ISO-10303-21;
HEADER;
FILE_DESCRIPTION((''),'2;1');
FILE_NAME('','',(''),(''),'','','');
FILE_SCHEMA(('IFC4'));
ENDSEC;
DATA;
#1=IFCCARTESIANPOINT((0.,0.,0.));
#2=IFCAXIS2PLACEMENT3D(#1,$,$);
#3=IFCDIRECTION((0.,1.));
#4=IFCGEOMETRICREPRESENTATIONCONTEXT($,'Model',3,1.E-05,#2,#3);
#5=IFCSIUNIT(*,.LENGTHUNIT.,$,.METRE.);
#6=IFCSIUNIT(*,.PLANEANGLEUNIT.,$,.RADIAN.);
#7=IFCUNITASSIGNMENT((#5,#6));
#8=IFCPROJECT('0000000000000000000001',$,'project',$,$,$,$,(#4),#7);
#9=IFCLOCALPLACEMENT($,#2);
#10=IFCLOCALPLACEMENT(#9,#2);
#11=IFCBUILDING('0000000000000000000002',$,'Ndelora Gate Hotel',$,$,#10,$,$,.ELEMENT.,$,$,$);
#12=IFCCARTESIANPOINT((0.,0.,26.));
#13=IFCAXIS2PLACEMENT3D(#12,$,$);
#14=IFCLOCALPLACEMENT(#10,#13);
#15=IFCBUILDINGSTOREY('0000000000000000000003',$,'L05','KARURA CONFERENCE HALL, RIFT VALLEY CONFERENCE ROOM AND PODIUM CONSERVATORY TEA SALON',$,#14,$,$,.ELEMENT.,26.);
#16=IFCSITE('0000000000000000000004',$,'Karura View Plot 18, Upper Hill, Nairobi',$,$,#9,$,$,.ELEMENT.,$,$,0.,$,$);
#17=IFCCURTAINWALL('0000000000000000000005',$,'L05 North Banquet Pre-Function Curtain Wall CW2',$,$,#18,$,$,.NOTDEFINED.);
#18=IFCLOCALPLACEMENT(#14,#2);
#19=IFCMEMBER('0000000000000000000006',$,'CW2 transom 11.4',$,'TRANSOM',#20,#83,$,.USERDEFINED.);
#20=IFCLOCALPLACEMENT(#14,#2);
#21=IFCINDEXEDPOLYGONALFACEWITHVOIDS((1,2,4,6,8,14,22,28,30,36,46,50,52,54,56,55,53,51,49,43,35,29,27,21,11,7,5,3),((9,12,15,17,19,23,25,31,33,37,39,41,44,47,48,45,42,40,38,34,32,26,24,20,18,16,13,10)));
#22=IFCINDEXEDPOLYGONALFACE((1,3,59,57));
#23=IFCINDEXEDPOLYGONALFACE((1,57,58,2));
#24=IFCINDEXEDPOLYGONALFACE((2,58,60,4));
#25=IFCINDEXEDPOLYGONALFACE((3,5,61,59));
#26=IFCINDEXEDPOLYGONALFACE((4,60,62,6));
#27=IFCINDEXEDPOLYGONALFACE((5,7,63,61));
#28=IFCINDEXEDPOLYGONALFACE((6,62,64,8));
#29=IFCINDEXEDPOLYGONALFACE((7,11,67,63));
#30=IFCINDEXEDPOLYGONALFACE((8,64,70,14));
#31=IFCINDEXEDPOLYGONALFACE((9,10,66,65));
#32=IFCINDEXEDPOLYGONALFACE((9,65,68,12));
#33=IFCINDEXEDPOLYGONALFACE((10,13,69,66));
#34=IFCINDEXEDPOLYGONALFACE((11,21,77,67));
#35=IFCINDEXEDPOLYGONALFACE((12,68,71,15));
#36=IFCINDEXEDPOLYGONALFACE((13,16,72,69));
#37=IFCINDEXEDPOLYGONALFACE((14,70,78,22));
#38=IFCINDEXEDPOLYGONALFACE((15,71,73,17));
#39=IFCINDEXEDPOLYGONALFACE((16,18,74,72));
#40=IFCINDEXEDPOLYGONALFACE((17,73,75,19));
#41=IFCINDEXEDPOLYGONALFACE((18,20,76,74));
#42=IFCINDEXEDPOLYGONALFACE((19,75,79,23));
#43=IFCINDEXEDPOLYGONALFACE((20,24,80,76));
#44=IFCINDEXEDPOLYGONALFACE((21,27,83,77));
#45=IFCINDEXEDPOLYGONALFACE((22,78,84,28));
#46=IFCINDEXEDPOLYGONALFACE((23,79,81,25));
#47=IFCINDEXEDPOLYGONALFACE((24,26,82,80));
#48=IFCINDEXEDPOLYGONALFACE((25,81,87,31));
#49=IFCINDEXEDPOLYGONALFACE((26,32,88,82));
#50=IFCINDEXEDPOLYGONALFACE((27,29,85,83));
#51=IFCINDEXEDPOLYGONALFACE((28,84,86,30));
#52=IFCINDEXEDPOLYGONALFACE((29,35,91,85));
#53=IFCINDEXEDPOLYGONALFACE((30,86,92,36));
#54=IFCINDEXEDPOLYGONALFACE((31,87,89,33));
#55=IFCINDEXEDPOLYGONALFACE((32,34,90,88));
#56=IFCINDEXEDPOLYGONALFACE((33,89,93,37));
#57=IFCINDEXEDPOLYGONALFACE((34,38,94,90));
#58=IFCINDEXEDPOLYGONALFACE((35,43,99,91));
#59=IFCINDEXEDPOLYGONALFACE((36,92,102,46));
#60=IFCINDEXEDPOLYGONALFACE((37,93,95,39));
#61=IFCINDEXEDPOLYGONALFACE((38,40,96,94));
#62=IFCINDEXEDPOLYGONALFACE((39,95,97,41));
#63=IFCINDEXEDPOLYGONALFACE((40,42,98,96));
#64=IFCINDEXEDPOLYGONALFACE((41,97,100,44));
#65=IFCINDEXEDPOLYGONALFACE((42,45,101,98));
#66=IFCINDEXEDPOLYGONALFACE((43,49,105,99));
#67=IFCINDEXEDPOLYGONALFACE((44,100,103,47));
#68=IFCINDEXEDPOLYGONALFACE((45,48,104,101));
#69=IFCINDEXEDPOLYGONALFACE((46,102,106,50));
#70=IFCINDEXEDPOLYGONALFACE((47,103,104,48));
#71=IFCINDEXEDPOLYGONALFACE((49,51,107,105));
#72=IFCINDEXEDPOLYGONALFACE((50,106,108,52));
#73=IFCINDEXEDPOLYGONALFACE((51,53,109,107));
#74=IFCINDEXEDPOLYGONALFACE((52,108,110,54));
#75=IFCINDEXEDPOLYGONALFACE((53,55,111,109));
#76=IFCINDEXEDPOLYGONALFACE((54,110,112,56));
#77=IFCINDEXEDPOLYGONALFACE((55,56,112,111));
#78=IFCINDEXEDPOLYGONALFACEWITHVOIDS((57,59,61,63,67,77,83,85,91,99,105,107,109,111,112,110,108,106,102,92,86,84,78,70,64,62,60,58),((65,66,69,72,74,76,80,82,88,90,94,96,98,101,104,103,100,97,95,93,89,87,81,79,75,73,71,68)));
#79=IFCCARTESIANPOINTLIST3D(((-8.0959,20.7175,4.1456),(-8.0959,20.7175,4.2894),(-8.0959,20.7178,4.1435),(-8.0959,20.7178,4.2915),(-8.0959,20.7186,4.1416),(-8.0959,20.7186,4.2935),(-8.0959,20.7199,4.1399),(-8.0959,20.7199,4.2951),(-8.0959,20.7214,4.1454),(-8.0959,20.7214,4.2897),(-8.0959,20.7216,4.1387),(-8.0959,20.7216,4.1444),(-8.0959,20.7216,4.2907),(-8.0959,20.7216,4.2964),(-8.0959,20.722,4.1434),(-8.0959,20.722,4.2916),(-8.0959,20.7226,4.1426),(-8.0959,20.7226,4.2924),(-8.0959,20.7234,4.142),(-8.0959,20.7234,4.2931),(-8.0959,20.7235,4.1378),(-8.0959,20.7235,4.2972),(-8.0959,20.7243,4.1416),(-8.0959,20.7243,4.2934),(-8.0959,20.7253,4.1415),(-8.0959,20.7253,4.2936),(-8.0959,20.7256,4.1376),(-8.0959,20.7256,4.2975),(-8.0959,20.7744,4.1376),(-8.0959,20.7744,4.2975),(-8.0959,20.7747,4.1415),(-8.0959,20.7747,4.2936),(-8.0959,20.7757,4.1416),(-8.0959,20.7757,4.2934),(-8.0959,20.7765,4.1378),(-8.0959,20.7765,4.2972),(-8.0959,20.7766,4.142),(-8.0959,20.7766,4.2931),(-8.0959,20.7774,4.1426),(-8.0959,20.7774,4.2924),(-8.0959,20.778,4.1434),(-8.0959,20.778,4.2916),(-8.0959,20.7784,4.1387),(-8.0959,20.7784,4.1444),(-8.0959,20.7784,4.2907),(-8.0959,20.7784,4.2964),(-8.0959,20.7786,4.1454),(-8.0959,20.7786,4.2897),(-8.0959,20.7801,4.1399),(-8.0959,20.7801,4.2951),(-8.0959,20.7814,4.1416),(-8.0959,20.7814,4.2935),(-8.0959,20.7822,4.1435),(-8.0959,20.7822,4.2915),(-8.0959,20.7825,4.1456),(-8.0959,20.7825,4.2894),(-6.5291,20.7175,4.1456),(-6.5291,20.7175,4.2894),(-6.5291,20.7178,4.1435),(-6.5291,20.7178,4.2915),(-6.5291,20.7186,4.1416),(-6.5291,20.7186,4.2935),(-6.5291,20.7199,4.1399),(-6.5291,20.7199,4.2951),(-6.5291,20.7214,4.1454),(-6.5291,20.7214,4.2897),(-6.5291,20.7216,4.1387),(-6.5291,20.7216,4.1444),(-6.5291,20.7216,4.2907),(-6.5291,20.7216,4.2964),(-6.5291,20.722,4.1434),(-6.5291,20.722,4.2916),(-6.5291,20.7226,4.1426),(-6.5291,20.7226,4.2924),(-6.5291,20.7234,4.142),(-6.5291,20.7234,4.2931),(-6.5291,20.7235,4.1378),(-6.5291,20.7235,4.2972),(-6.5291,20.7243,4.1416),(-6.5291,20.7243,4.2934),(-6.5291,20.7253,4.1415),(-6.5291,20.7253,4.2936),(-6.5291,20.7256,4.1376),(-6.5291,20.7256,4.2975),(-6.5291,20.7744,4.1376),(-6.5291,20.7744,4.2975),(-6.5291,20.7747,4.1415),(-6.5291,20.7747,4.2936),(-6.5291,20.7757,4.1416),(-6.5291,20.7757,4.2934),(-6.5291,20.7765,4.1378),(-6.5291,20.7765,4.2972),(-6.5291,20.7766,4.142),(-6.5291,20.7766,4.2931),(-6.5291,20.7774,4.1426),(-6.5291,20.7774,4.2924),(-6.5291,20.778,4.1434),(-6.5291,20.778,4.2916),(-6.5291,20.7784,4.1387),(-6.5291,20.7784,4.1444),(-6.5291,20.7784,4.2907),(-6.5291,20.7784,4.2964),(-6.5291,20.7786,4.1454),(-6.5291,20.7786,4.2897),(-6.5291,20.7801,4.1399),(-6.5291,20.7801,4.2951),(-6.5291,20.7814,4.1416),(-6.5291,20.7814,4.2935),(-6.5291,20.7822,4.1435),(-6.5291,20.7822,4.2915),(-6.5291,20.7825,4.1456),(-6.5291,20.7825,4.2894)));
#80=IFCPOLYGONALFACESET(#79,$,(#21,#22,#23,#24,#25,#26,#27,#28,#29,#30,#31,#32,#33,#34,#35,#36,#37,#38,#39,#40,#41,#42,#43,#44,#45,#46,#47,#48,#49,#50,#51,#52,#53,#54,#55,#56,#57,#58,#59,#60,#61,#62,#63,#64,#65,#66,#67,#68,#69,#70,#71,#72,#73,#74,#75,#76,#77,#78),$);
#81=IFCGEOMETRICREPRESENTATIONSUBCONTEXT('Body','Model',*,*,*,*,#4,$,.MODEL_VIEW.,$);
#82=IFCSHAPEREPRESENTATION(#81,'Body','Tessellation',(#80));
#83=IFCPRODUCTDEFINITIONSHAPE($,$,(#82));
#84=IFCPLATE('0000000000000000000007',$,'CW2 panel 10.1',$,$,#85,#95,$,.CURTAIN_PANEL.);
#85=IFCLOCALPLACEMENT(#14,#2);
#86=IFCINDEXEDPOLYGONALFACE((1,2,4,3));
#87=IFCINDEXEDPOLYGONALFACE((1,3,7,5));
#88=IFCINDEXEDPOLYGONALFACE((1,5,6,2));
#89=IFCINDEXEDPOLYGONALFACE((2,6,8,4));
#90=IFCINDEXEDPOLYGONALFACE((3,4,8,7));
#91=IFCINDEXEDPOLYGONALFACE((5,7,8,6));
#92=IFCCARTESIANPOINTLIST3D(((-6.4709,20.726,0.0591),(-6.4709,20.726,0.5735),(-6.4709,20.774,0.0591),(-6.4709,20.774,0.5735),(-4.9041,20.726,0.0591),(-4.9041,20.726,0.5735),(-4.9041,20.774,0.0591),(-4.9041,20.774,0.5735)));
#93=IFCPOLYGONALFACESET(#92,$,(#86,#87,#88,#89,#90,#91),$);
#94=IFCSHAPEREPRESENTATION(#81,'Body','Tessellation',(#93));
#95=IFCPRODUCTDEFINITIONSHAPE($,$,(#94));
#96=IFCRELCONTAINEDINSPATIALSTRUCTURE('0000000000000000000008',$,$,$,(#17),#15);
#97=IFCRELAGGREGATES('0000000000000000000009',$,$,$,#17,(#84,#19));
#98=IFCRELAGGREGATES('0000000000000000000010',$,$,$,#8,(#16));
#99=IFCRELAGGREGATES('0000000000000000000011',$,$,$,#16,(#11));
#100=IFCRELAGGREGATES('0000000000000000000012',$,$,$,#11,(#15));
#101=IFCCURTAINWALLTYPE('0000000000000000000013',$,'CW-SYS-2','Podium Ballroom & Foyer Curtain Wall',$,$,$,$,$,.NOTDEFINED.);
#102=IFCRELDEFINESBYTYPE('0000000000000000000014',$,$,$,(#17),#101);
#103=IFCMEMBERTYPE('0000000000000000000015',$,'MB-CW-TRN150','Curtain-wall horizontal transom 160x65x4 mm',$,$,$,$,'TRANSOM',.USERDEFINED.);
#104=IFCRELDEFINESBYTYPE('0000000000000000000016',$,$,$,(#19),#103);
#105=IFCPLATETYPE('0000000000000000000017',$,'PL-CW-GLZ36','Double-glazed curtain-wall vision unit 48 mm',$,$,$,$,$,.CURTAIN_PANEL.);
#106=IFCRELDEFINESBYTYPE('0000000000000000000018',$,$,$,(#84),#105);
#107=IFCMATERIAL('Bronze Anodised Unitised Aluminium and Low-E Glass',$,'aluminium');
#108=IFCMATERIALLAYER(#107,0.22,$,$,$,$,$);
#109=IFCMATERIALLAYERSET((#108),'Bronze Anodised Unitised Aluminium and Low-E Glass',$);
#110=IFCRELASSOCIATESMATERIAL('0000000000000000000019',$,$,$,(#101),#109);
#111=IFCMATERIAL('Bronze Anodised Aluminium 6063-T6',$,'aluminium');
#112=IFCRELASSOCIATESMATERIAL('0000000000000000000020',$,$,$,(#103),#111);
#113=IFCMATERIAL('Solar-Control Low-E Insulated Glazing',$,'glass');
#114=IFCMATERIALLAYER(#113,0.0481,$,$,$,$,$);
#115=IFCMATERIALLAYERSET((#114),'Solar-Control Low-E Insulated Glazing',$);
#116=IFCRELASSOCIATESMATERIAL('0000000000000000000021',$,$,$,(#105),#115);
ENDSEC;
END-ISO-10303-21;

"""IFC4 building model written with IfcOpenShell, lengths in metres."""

from ifc_helpers import new_model, si_unit, direction, frame, origin, origin_2d, place, context, subcontext, project, spatial, rectangle, hollow_rectangle, extrude, material, layer, layer_set, material_profile, profile_set, type_object, element, aggregate, save


model = new_model("IFC4")

# Units and contexts
model_context = context("Model", 3, precision=1e-05, world=origin(), true_north=direction((0.0, 1.0)))
body_context = subcontext(model_context, "Body", "Model", "MODEL_VIEW")
ifc_project = project(units=[si_unit("LENGTHUNIT", "METRE"), si_unit("PLANEANGLEUNIT", "RADIAN")], contexts=[model_context])

# Site, building, storey
site_placement = place(None, origin())
site = spatial("IfcSite", under=ifc_project, at=site_placement, Name="Karura View Plot 18, Upper Hill, Nairobi", CompositionType="ELEMENT", RefElevation=0.0)
building_placement = place(site_placement, origin())
building = spatial("IfcBuilding", under=site, at=building_placement, Name="Ndelora Gate Hotel", CompositionType="ELEMENT")
storey_placement = place(building_placement, frame((0.0, 0.0, 26.0)))
storey = spatial("IfcBuildingStorey", under=building, at=storey_placement, Name="L05", Description="KARURA CONFERENCE HALL, RIFT VALLEY CONFERENCE ROOM AND PODIUM CONSERVATORY TEA SALON", CompositionType="ELEMENT", Elevation=26.0)

# Curtain wall, member, plate
ifc_material_1 = material(Name="Bronze Anodised Unitised Aluminium and Low-E Glass", Category="aluminium")
ifc_layer_1 = layer(ifc_material_1, 0.22)
ifc_layer_set_1 = layer_set([ifc_layer_1], Name="Bronze Anodised Unitised Aluminium and Low-E Glass")
curtain_wall_type = type_object("IfcCurtainWallType", Name="CW-SYS-2", Description="Podium Ballroom & Foyer Curtain Wall", PredefinedType="NOTDEFINED", material=ifc_layer_set_1)
curtain_wall_placement = place(storey_placement, origin())
curtain_wall = element("IfcCurtainWall", 1, at=curtain_wall_placement, inside=storey, type_object=curtain_wall_type, Name="L05 North Banquet Pre-Function Curtain Wall CW2", PredefinedType="NOTDEFINED")
ifc_material_2 = material(Name="Bronze Anodised Aluminium 6063-T6", Category="aluminium")
ifc_material_profile_1 = material_profile(ifc_material_2, hollow_rectangle(XDim=0.0649, YDim=0.1599, WallThickness=0.0039, InnerFilletRadius=0.0039, OuterFilletRadius=0.0081, at=origin_2d()), Name="ALU 160x65x4")
ifc_profile_set_1 = profile_set([ifc_material_profile_1], Name="Bronze Anodised Aluminium 6063-T6")
member_type_1 = type_object("IfcMemberType", Name="MB-CW-TRN150", Description="Curtain-wall horizontal transom 160x65x4 mm", ElementType="TRANSOM", PredefinedType="USERDEFINED", material=ifc_profile_set_1)
member_1_placement = place(storey_placement, frame((-6.5291, 20.75, 4.2175), z_axis=(-1.0, 0.0, 0.0), x_axis=(0.0, -1.0, 0.0)))
member_1 = element("IfcMember", 2, at=member_1_placement, type_object=member_type_1, Name="CW2 transom 11.4", ObjectType="TRANSOM", PredefinedType="USERDEFINED", context=body_context, shape_type="SweptSolid", body=[
    extrude(hollow_rectangle(XDim=0.0649, YDim=0.1599, WallThickness=0.0039, InnerFilletRadius=0.0039, OuterFilletRadius=0.0081, at=origin_2d()), origin(), (0.0, 0.0, 1.0), 1.5669),
])
ifc_material_3 = material(Name="Solar-Control Low-E Insulated Glazing", Category="glass")
ifc_layer_2 = layer(ifc_material_3, 0.0481)
ifc_layer_set_2 = layer_set([ifc_layer_2], Name="Solar-Control Low-E Insulated Glazing")
plate_type = type_object("IfcPlateType", Name="PL-CW-GLZ36", Description="Double-glazed curtain-wall vision unit 48 mm", PredefinedType="CURTAIN_PANEL", material=ifc_layer_set_2)
plate_placement = place(storey_placement, frame((-5.6875, 20.75, 0.0591), z_axis=(0.0, 0.0, 1.0), x_axis=(-1.0, 0.0, 0.0)))
plate = element("IfcPlate", 3, at=plate_placement, type_object=plate_type, Name="CW2 panel 10.1", PredefinedType="CURTAIN_PANEL", context=body_context, shape_type="SweptSolid", body=[
    extrude(rectangle(XDim=1.5669, YDim=0.0481, at=origin_2d()), origin(), (0.0, 0.0, 1.0), 0.5144),
])
aggregate(curtain_wall, [plate, member_1])

save(model, "model.ifc")
